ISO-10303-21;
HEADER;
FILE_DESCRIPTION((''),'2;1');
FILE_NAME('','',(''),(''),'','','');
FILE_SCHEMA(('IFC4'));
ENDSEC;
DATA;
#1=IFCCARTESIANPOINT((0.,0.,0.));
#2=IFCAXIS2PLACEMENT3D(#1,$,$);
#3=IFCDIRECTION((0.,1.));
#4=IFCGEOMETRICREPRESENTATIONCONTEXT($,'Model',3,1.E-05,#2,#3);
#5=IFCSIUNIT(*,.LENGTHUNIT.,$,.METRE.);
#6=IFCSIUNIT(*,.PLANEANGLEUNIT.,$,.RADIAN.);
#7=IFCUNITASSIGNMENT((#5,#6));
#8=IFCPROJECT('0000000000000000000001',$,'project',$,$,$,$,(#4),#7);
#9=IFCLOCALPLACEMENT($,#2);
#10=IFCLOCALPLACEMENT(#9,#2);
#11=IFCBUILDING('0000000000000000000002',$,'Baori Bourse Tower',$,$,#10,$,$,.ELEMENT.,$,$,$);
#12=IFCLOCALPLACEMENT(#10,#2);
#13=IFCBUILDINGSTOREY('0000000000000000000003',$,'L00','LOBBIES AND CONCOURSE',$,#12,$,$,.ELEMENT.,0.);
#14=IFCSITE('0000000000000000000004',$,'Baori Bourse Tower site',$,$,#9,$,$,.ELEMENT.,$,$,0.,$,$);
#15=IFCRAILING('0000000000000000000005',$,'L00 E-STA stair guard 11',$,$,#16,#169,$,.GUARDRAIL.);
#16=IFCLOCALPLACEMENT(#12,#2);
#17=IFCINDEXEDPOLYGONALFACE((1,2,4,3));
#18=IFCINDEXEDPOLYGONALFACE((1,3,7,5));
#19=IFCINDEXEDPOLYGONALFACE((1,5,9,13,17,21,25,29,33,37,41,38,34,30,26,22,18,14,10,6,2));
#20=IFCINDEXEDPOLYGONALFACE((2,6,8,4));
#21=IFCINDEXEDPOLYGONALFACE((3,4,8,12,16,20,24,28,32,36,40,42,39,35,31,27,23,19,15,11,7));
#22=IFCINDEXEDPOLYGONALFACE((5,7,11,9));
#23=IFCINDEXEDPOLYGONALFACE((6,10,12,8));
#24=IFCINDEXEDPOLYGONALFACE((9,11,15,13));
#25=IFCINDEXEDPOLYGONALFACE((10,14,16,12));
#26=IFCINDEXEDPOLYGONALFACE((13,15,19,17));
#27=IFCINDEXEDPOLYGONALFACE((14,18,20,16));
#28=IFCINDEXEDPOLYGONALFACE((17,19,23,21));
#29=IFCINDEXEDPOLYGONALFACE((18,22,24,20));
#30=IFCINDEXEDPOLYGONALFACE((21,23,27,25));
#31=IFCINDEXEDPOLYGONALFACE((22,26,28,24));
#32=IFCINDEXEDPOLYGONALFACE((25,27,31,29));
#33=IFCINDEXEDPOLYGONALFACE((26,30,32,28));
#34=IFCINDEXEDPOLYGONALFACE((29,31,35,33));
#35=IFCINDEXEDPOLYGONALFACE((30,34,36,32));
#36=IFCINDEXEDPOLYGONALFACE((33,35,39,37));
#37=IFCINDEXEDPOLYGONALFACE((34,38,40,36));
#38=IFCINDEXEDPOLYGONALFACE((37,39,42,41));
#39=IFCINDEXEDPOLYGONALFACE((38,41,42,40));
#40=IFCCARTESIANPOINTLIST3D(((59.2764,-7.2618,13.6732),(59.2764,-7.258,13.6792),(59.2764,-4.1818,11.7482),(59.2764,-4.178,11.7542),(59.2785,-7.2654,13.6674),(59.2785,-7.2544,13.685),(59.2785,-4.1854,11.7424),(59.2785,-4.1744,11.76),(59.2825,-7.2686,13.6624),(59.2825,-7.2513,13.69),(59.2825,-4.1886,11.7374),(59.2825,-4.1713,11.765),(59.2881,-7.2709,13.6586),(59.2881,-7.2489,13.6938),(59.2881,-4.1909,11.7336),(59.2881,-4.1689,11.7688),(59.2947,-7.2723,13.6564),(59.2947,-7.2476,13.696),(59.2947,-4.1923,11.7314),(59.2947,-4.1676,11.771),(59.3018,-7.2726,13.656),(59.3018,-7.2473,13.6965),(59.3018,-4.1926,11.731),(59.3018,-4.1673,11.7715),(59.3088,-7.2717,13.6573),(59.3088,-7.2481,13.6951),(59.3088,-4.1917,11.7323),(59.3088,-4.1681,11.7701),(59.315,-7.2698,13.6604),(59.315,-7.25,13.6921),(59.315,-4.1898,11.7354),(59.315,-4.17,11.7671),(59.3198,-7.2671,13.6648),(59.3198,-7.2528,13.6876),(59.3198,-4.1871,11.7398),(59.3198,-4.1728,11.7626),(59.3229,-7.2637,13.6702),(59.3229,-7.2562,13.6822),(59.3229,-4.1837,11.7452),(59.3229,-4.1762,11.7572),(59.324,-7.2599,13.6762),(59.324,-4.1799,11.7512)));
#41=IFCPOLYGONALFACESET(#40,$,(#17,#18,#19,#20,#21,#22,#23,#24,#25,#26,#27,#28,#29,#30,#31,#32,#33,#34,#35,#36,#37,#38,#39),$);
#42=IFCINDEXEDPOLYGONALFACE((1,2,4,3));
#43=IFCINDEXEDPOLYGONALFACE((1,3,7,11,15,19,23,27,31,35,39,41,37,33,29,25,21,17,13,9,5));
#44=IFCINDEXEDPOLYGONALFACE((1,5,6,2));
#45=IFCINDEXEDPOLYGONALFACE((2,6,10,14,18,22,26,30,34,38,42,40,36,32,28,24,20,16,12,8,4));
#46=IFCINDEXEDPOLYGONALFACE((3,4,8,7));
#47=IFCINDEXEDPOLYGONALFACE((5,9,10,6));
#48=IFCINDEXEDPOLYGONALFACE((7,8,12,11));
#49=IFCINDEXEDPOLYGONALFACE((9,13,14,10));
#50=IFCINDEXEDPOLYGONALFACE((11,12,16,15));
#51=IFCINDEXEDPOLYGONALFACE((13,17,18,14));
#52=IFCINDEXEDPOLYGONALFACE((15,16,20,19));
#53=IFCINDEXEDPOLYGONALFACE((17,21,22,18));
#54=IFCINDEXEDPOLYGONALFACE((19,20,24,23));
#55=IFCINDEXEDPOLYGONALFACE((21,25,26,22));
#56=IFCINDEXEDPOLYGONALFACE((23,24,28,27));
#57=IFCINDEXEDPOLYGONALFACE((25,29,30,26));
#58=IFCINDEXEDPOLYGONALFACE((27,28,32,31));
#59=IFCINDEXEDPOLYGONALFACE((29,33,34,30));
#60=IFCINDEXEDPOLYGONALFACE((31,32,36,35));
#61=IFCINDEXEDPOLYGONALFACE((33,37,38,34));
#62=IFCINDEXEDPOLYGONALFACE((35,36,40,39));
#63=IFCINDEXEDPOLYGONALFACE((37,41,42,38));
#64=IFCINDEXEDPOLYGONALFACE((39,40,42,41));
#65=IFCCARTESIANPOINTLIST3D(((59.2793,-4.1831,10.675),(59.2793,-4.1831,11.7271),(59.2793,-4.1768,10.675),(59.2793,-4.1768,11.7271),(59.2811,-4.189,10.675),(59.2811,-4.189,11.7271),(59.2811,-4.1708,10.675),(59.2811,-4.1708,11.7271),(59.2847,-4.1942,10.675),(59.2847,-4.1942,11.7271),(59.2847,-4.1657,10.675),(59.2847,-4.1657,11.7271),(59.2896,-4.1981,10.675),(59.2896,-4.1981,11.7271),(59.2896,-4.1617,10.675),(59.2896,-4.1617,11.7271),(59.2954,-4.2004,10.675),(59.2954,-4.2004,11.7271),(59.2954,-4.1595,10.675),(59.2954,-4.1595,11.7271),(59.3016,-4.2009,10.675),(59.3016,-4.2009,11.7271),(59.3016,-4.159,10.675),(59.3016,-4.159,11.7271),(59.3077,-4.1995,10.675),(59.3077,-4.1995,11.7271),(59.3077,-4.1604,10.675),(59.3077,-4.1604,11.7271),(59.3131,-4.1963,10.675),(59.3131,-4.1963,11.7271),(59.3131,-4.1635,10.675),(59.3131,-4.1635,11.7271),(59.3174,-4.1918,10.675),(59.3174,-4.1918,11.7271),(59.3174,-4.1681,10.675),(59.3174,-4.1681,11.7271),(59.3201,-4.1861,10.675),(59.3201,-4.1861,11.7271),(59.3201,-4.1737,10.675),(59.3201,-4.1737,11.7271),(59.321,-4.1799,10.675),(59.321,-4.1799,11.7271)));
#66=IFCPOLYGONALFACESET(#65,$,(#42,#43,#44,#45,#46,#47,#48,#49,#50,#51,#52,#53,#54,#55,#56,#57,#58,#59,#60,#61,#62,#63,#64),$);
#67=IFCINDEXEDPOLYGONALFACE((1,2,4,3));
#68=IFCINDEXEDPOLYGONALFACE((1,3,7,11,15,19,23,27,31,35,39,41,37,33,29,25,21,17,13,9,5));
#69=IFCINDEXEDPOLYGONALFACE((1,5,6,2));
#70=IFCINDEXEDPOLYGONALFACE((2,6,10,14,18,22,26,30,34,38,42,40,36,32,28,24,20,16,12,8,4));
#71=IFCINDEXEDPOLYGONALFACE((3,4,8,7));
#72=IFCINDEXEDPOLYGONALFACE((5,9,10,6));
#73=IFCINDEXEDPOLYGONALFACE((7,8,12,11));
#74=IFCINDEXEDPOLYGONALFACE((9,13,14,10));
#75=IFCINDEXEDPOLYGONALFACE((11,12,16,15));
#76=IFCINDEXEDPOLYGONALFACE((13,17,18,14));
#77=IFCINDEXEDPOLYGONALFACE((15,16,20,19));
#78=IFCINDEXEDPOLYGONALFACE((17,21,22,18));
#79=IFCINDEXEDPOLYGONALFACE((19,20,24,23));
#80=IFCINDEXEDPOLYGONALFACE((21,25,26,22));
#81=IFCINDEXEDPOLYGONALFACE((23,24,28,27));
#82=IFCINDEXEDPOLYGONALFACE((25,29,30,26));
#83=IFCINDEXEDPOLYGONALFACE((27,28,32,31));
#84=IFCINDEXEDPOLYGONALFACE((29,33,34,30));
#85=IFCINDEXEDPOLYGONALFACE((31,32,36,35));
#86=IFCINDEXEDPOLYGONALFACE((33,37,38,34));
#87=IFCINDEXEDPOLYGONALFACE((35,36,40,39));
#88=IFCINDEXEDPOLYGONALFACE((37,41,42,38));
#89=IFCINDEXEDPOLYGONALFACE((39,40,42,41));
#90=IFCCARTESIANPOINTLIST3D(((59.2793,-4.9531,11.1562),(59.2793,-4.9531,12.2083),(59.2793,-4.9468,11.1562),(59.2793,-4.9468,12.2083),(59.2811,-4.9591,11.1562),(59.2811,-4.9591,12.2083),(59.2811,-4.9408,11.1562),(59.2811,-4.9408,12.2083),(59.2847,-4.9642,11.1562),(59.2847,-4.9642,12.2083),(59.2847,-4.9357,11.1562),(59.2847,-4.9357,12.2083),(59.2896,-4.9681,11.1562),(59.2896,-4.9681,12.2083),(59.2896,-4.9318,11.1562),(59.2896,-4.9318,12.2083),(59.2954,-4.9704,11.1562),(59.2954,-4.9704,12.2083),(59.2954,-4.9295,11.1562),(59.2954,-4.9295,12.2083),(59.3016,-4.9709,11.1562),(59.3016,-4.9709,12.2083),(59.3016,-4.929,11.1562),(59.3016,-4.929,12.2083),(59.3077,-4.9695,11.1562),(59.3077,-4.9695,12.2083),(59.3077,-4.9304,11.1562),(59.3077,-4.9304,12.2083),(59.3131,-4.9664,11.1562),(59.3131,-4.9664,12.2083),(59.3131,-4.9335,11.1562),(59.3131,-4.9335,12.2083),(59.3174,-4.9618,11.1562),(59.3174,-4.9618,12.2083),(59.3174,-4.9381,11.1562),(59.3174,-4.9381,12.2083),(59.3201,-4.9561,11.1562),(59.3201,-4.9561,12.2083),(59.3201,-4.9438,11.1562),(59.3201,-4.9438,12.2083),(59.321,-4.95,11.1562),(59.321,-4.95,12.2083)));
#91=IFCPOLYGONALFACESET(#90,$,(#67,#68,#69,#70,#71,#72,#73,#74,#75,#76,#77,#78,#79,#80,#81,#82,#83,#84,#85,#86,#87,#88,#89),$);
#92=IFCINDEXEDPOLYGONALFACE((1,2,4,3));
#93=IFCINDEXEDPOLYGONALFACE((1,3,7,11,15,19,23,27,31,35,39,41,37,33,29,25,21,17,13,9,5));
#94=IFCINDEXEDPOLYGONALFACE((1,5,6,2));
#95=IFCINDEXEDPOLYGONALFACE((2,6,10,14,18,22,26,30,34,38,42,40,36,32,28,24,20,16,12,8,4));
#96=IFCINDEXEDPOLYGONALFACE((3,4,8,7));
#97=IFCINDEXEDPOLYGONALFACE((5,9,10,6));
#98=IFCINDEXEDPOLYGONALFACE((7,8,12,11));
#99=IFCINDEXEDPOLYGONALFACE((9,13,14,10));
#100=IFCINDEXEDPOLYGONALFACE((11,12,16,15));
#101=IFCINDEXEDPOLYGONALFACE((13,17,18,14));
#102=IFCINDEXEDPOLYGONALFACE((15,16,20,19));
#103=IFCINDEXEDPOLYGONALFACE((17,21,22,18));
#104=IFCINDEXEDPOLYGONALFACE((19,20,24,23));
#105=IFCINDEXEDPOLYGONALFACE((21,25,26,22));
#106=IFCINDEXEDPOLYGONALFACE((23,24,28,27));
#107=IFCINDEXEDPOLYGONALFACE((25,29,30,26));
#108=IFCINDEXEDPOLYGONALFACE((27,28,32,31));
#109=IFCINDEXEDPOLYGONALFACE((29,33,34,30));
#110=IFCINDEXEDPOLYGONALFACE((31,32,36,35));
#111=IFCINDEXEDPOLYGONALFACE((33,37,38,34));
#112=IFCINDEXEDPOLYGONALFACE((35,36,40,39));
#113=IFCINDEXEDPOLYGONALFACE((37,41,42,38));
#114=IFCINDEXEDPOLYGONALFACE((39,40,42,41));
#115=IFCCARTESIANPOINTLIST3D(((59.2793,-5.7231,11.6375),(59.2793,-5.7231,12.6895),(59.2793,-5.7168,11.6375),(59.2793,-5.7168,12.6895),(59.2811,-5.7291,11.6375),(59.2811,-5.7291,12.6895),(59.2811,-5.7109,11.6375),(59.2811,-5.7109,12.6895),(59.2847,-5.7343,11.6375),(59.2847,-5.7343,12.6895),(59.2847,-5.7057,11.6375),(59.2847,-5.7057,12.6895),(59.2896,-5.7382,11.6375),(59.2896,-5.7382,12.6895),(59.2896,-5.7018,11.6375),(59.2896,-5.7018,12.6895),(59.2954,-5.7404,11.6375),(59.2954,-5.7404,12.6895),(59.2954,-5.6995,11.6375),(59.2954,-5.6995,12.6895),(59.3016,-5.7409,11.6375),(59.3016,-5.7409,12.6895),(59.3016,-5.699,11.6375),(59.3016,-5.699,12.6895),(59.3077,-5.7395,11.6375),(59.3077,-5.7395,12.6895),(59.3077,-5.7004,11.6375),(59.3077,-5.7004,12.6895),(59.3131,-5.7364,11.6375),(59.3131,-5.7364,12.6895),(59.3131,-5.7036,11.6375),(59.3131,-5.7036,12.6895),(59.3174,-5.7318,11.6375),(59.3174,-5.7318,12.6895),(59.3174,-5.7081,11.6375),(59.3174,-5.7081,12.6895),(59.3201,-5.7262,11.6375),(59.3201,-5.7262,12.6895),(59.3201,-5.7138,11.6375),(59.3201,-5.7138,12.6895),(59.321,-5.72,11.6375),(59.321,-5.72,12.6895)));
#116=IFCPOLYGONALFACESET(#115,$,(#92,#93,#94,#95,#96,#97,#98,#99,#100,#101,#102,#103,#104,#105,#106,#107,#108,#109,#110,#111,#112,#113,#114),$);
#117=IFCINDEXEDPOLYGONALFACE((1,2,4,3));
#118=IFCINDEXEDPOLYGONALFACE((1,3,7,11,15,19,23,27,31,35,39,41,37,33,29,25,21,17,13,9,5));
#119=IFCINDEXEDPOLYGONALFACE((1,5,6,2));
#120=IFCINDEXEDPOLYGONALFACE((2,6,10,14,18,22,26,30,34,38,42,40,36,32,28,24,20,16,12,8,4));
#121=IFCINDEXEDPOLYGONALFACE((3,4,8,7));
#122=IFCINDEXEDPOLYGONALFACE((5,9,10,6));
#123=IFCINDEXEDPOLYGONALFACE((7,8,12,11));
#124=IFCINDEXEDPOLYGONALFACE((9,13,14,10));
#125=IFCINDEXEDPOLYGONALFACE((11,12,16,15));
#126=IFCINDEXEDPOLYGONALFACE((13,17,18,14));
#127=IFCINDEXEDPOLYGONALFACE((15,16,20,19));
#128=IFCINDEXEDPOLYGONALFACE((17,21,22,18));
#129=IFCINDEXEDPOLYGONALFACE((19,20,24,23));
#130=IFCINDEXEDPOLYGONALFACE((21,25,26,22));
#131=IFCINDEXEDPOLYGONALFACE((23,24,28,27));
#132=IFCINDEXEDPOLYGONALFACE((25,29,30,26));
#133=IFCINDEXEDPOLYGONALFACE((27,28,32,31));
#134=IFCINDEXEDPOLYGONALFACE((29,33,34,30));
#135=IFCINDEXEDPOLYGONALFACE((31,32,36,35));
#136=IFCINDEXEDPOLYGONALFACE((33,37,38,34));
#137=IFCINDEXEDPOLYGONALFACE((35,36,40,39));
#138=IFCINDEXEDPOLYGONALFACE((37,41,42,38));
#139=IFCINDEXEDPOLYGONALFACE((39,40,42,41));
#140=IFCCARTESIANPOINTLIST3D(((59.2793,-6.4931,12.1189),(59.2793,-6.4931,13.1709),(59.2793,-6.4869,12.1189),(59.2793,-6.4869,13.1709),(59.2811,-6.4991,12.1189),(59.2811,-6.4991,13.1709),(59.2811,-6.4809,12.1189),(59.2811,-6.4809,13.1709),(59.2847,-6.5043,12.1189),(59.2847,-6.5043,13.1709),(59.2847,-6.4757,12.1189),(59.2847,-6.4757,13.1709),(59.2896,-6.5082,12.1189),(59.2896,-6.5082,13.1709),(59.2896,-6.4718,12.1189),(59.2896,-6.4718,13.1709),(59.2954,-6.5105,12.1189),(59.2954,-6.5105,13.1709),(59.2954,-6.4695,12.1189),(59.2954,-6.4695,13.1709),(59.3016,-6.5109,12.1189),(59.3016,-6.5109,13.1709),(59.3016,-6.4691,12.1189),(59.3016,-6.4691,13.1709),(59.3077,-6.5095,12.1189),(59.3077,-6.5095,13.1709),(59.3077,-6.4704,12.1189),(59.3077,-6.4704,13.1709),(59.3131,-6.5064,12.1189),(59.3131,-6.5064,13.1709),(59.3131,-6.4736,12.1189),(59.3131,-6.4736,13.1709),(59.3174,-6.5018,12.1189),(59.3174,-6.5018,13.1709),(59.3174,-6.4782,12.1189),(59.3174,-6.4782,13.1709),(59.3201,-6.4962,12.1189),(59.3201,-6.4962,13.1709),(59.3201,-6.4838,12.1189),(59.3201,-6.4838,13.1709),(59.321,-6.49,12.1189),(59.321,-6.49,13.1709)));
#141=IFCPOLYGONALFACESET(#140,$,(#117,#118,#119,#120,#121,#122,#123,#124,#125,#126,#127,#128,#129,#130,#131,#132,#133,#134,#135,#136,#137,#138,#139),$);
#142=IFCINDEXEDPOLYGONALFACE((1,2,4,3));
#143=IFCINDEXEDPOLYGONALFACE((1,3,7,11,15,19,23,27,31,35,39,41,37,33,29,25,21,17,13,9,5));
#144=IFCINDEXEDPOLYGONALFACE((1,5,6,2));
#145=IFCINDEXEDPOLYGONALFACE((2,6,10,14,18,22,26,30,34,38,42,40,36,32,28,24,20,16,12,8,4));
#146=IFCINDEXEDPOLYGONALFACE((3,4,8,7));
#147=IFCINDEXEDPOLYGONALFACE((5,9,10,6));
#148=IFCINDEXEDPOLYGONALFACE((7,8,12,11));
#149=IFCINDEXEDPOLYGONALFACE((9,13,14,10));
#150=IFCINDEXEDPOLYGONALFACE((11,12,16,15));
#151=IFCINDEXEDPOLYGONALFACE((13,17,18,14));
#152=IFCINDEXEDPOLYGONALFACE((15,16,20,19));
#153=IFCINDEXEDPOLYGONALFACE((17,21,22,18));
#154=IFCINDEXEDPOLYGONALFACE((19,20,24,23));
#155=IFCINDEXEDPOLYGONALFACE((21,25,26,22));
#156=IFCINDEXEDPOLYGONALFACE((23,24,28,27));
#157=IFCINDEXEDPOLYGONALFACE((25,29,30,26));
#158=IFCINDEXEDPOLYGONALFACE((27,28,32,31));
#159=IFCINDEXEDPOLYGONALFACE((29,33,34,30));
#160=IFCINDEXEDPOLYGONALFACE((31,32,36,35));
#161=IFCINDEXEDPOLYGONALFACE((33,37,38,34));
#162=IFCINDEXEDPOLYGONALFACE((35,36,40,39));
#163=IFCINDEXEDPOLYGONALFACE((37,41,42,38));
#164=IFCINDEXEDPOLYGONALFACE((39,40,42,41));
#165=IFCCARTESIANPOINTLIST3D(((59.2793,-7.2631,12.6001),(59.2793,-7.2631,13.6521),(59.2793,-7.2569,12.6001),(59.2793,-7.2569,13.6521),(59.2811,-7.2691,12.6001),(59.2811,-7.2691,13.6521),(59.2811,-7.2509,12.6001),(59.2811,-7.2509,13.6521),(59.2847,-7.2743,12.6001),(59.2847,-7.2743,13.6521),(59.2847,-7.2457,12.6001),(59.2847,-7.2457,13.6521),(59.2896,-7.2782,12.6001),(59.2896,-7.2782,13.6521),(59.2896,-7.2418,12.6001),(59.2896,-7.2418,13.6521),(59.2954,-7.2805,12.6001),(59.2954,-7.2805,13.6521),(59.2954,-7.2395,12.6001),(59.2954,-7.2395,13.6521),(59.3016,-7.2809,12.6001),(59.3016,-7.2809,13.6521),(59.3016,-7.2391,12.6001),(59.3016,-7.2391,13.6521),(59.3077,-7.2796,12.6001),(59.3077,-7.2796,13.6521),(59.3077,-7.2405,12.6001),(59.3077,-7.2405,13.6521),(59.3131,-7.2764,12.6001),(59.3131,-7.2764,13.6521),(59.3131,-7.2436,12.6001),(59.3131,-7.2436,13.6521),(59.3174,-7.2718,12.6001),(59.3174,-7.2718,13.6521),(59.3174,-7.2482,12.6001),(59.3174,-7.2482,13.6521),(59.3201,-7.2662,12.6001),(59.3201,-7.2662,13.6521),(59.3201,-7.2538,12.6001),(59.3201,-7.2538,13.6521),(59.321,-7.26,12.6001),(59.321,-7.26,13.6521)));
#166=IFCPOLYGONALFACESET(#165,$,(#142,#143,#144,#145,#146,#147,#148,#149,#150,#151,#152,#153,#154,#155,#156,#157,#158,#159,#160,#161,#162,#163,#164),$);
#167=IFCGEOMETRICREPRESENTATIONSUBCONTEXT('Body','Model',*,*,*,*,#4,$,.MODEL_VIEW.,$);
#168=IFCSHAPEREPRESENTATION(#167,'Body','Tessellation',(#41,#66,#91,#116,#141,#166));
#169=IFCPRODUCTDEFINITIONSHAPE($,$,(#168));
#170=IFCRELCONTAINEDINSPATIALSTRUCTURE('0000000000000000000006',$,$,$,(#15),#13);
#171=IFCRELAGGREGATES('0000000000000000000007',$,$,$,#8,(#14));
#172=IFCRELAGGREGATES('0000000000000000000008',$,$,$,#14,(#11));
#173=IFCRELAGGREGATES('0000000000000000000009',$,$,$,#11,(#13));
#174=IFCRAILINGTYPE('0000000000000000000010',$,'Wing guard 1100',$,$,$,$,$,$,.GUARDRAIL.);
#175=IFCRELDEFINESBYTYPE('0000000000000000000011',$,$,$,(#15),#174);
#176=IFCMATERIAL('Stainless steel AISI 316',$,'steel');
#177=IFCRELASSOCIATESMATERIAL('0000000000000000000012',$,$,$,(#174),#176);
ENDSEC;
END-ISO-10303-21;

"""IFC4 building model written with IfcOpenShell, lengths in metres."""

from ifc_helpers import new_model, si_unit, direction, frame, origin, origin_2d, place, context, subcontext, project, spatial, circle, extrude, material, type_object, element, save


model = new_model("IFC4")

# Units and contexts
model_context = context("Model", 3, precision=1e-05, world=origin(), true_north=direction((0.0, 1.0)))
body_context = subcontext(model_context, "Body", "Model", "MODEL_VIEW")
ifc_project = project(units=[si_unit("LENGTHUNIT", "METRE"), si_unit("PLANEANGLEUNIT", "RADIAN")], contexts=[model_context])

# Site, building, storey
site_placement = place(None, origin())
site = spatial("IfcSite", under=ifc_project, at=site_placement, Name="Baori Bourse Tower site", CompositionType="ELEMENT", RefElevation=0.0)
building_placement = place(site_placement, origin())
building = spatial("IfcBuilding", under=site, at=building_placement, Name="Baori Bourse Tower", CompositionType="ELEMENT")
storey_placement = place(building_placement, origin())
storey = spatial("IfcBuildingStorey", under=building, at=storey_placement, Name="L00", Description="LOBBIES AND CONCOURSE", CompositionType="ELEMENT", Elevation=0.0)

# Railing
ifc_material_1 = material(Name="Stainless steel AISI 316", Category="steel")
railing_type_1 = type_object("IfcRailingType", Name="Wing guard 1100", PredefinedType="GUARDRAIL", material=ifc_material_1)
railing_1_placement = place(storey_placement, frame((59.3, -4.1799, 10.675)))
element("IfcRailing", 1, at=railing_1_placement, inside=storey, type_object=railing_type_1, Name="L00 E-STA stair guard 11", PredefinedType="GUARDRAIL", context=body_context, shape_type="SweptSolid", body=[
    extrude(circle(Radius=0.0239, at=origin_2d()), frame((0.0, 0.0, 1.0762), z_axis=(0.0, -0.847998, 0.529999), x_axis=(1.0, 0.0, 0.0)), (0.0, 0.0, 1.0), 3.6321),
    extrude(circle(Radius=0.021, at=origin_2d()), origin(), (0.0, 0.0, 1.0), 1.052),
    extrude(circle(Radius=0.021, at=origin_2d()), frame((0.0, -0.77, 0.4812)), (0.0, 0.0, 1.0), 1.052),
    extrude(circle(Radius=0.021, at=origin_2d()), frame((0.0, -1.54, 0.9624)), (0.0, 0.0, 1.0), 1.052),
    extrude(circle(Radius=0.021, at=origin_2d()), frame((0.0, -2.3101, 1.4438)), (0.0, 0.0, 1.0), 1.052),
    extrude(circle(Radius=0.021, at=origin_2d()), frame((0.0, -3.0801, 1.925)), (0.0, 0.0, 1.0), 1.052),
])

save(model, "model.ifc")
